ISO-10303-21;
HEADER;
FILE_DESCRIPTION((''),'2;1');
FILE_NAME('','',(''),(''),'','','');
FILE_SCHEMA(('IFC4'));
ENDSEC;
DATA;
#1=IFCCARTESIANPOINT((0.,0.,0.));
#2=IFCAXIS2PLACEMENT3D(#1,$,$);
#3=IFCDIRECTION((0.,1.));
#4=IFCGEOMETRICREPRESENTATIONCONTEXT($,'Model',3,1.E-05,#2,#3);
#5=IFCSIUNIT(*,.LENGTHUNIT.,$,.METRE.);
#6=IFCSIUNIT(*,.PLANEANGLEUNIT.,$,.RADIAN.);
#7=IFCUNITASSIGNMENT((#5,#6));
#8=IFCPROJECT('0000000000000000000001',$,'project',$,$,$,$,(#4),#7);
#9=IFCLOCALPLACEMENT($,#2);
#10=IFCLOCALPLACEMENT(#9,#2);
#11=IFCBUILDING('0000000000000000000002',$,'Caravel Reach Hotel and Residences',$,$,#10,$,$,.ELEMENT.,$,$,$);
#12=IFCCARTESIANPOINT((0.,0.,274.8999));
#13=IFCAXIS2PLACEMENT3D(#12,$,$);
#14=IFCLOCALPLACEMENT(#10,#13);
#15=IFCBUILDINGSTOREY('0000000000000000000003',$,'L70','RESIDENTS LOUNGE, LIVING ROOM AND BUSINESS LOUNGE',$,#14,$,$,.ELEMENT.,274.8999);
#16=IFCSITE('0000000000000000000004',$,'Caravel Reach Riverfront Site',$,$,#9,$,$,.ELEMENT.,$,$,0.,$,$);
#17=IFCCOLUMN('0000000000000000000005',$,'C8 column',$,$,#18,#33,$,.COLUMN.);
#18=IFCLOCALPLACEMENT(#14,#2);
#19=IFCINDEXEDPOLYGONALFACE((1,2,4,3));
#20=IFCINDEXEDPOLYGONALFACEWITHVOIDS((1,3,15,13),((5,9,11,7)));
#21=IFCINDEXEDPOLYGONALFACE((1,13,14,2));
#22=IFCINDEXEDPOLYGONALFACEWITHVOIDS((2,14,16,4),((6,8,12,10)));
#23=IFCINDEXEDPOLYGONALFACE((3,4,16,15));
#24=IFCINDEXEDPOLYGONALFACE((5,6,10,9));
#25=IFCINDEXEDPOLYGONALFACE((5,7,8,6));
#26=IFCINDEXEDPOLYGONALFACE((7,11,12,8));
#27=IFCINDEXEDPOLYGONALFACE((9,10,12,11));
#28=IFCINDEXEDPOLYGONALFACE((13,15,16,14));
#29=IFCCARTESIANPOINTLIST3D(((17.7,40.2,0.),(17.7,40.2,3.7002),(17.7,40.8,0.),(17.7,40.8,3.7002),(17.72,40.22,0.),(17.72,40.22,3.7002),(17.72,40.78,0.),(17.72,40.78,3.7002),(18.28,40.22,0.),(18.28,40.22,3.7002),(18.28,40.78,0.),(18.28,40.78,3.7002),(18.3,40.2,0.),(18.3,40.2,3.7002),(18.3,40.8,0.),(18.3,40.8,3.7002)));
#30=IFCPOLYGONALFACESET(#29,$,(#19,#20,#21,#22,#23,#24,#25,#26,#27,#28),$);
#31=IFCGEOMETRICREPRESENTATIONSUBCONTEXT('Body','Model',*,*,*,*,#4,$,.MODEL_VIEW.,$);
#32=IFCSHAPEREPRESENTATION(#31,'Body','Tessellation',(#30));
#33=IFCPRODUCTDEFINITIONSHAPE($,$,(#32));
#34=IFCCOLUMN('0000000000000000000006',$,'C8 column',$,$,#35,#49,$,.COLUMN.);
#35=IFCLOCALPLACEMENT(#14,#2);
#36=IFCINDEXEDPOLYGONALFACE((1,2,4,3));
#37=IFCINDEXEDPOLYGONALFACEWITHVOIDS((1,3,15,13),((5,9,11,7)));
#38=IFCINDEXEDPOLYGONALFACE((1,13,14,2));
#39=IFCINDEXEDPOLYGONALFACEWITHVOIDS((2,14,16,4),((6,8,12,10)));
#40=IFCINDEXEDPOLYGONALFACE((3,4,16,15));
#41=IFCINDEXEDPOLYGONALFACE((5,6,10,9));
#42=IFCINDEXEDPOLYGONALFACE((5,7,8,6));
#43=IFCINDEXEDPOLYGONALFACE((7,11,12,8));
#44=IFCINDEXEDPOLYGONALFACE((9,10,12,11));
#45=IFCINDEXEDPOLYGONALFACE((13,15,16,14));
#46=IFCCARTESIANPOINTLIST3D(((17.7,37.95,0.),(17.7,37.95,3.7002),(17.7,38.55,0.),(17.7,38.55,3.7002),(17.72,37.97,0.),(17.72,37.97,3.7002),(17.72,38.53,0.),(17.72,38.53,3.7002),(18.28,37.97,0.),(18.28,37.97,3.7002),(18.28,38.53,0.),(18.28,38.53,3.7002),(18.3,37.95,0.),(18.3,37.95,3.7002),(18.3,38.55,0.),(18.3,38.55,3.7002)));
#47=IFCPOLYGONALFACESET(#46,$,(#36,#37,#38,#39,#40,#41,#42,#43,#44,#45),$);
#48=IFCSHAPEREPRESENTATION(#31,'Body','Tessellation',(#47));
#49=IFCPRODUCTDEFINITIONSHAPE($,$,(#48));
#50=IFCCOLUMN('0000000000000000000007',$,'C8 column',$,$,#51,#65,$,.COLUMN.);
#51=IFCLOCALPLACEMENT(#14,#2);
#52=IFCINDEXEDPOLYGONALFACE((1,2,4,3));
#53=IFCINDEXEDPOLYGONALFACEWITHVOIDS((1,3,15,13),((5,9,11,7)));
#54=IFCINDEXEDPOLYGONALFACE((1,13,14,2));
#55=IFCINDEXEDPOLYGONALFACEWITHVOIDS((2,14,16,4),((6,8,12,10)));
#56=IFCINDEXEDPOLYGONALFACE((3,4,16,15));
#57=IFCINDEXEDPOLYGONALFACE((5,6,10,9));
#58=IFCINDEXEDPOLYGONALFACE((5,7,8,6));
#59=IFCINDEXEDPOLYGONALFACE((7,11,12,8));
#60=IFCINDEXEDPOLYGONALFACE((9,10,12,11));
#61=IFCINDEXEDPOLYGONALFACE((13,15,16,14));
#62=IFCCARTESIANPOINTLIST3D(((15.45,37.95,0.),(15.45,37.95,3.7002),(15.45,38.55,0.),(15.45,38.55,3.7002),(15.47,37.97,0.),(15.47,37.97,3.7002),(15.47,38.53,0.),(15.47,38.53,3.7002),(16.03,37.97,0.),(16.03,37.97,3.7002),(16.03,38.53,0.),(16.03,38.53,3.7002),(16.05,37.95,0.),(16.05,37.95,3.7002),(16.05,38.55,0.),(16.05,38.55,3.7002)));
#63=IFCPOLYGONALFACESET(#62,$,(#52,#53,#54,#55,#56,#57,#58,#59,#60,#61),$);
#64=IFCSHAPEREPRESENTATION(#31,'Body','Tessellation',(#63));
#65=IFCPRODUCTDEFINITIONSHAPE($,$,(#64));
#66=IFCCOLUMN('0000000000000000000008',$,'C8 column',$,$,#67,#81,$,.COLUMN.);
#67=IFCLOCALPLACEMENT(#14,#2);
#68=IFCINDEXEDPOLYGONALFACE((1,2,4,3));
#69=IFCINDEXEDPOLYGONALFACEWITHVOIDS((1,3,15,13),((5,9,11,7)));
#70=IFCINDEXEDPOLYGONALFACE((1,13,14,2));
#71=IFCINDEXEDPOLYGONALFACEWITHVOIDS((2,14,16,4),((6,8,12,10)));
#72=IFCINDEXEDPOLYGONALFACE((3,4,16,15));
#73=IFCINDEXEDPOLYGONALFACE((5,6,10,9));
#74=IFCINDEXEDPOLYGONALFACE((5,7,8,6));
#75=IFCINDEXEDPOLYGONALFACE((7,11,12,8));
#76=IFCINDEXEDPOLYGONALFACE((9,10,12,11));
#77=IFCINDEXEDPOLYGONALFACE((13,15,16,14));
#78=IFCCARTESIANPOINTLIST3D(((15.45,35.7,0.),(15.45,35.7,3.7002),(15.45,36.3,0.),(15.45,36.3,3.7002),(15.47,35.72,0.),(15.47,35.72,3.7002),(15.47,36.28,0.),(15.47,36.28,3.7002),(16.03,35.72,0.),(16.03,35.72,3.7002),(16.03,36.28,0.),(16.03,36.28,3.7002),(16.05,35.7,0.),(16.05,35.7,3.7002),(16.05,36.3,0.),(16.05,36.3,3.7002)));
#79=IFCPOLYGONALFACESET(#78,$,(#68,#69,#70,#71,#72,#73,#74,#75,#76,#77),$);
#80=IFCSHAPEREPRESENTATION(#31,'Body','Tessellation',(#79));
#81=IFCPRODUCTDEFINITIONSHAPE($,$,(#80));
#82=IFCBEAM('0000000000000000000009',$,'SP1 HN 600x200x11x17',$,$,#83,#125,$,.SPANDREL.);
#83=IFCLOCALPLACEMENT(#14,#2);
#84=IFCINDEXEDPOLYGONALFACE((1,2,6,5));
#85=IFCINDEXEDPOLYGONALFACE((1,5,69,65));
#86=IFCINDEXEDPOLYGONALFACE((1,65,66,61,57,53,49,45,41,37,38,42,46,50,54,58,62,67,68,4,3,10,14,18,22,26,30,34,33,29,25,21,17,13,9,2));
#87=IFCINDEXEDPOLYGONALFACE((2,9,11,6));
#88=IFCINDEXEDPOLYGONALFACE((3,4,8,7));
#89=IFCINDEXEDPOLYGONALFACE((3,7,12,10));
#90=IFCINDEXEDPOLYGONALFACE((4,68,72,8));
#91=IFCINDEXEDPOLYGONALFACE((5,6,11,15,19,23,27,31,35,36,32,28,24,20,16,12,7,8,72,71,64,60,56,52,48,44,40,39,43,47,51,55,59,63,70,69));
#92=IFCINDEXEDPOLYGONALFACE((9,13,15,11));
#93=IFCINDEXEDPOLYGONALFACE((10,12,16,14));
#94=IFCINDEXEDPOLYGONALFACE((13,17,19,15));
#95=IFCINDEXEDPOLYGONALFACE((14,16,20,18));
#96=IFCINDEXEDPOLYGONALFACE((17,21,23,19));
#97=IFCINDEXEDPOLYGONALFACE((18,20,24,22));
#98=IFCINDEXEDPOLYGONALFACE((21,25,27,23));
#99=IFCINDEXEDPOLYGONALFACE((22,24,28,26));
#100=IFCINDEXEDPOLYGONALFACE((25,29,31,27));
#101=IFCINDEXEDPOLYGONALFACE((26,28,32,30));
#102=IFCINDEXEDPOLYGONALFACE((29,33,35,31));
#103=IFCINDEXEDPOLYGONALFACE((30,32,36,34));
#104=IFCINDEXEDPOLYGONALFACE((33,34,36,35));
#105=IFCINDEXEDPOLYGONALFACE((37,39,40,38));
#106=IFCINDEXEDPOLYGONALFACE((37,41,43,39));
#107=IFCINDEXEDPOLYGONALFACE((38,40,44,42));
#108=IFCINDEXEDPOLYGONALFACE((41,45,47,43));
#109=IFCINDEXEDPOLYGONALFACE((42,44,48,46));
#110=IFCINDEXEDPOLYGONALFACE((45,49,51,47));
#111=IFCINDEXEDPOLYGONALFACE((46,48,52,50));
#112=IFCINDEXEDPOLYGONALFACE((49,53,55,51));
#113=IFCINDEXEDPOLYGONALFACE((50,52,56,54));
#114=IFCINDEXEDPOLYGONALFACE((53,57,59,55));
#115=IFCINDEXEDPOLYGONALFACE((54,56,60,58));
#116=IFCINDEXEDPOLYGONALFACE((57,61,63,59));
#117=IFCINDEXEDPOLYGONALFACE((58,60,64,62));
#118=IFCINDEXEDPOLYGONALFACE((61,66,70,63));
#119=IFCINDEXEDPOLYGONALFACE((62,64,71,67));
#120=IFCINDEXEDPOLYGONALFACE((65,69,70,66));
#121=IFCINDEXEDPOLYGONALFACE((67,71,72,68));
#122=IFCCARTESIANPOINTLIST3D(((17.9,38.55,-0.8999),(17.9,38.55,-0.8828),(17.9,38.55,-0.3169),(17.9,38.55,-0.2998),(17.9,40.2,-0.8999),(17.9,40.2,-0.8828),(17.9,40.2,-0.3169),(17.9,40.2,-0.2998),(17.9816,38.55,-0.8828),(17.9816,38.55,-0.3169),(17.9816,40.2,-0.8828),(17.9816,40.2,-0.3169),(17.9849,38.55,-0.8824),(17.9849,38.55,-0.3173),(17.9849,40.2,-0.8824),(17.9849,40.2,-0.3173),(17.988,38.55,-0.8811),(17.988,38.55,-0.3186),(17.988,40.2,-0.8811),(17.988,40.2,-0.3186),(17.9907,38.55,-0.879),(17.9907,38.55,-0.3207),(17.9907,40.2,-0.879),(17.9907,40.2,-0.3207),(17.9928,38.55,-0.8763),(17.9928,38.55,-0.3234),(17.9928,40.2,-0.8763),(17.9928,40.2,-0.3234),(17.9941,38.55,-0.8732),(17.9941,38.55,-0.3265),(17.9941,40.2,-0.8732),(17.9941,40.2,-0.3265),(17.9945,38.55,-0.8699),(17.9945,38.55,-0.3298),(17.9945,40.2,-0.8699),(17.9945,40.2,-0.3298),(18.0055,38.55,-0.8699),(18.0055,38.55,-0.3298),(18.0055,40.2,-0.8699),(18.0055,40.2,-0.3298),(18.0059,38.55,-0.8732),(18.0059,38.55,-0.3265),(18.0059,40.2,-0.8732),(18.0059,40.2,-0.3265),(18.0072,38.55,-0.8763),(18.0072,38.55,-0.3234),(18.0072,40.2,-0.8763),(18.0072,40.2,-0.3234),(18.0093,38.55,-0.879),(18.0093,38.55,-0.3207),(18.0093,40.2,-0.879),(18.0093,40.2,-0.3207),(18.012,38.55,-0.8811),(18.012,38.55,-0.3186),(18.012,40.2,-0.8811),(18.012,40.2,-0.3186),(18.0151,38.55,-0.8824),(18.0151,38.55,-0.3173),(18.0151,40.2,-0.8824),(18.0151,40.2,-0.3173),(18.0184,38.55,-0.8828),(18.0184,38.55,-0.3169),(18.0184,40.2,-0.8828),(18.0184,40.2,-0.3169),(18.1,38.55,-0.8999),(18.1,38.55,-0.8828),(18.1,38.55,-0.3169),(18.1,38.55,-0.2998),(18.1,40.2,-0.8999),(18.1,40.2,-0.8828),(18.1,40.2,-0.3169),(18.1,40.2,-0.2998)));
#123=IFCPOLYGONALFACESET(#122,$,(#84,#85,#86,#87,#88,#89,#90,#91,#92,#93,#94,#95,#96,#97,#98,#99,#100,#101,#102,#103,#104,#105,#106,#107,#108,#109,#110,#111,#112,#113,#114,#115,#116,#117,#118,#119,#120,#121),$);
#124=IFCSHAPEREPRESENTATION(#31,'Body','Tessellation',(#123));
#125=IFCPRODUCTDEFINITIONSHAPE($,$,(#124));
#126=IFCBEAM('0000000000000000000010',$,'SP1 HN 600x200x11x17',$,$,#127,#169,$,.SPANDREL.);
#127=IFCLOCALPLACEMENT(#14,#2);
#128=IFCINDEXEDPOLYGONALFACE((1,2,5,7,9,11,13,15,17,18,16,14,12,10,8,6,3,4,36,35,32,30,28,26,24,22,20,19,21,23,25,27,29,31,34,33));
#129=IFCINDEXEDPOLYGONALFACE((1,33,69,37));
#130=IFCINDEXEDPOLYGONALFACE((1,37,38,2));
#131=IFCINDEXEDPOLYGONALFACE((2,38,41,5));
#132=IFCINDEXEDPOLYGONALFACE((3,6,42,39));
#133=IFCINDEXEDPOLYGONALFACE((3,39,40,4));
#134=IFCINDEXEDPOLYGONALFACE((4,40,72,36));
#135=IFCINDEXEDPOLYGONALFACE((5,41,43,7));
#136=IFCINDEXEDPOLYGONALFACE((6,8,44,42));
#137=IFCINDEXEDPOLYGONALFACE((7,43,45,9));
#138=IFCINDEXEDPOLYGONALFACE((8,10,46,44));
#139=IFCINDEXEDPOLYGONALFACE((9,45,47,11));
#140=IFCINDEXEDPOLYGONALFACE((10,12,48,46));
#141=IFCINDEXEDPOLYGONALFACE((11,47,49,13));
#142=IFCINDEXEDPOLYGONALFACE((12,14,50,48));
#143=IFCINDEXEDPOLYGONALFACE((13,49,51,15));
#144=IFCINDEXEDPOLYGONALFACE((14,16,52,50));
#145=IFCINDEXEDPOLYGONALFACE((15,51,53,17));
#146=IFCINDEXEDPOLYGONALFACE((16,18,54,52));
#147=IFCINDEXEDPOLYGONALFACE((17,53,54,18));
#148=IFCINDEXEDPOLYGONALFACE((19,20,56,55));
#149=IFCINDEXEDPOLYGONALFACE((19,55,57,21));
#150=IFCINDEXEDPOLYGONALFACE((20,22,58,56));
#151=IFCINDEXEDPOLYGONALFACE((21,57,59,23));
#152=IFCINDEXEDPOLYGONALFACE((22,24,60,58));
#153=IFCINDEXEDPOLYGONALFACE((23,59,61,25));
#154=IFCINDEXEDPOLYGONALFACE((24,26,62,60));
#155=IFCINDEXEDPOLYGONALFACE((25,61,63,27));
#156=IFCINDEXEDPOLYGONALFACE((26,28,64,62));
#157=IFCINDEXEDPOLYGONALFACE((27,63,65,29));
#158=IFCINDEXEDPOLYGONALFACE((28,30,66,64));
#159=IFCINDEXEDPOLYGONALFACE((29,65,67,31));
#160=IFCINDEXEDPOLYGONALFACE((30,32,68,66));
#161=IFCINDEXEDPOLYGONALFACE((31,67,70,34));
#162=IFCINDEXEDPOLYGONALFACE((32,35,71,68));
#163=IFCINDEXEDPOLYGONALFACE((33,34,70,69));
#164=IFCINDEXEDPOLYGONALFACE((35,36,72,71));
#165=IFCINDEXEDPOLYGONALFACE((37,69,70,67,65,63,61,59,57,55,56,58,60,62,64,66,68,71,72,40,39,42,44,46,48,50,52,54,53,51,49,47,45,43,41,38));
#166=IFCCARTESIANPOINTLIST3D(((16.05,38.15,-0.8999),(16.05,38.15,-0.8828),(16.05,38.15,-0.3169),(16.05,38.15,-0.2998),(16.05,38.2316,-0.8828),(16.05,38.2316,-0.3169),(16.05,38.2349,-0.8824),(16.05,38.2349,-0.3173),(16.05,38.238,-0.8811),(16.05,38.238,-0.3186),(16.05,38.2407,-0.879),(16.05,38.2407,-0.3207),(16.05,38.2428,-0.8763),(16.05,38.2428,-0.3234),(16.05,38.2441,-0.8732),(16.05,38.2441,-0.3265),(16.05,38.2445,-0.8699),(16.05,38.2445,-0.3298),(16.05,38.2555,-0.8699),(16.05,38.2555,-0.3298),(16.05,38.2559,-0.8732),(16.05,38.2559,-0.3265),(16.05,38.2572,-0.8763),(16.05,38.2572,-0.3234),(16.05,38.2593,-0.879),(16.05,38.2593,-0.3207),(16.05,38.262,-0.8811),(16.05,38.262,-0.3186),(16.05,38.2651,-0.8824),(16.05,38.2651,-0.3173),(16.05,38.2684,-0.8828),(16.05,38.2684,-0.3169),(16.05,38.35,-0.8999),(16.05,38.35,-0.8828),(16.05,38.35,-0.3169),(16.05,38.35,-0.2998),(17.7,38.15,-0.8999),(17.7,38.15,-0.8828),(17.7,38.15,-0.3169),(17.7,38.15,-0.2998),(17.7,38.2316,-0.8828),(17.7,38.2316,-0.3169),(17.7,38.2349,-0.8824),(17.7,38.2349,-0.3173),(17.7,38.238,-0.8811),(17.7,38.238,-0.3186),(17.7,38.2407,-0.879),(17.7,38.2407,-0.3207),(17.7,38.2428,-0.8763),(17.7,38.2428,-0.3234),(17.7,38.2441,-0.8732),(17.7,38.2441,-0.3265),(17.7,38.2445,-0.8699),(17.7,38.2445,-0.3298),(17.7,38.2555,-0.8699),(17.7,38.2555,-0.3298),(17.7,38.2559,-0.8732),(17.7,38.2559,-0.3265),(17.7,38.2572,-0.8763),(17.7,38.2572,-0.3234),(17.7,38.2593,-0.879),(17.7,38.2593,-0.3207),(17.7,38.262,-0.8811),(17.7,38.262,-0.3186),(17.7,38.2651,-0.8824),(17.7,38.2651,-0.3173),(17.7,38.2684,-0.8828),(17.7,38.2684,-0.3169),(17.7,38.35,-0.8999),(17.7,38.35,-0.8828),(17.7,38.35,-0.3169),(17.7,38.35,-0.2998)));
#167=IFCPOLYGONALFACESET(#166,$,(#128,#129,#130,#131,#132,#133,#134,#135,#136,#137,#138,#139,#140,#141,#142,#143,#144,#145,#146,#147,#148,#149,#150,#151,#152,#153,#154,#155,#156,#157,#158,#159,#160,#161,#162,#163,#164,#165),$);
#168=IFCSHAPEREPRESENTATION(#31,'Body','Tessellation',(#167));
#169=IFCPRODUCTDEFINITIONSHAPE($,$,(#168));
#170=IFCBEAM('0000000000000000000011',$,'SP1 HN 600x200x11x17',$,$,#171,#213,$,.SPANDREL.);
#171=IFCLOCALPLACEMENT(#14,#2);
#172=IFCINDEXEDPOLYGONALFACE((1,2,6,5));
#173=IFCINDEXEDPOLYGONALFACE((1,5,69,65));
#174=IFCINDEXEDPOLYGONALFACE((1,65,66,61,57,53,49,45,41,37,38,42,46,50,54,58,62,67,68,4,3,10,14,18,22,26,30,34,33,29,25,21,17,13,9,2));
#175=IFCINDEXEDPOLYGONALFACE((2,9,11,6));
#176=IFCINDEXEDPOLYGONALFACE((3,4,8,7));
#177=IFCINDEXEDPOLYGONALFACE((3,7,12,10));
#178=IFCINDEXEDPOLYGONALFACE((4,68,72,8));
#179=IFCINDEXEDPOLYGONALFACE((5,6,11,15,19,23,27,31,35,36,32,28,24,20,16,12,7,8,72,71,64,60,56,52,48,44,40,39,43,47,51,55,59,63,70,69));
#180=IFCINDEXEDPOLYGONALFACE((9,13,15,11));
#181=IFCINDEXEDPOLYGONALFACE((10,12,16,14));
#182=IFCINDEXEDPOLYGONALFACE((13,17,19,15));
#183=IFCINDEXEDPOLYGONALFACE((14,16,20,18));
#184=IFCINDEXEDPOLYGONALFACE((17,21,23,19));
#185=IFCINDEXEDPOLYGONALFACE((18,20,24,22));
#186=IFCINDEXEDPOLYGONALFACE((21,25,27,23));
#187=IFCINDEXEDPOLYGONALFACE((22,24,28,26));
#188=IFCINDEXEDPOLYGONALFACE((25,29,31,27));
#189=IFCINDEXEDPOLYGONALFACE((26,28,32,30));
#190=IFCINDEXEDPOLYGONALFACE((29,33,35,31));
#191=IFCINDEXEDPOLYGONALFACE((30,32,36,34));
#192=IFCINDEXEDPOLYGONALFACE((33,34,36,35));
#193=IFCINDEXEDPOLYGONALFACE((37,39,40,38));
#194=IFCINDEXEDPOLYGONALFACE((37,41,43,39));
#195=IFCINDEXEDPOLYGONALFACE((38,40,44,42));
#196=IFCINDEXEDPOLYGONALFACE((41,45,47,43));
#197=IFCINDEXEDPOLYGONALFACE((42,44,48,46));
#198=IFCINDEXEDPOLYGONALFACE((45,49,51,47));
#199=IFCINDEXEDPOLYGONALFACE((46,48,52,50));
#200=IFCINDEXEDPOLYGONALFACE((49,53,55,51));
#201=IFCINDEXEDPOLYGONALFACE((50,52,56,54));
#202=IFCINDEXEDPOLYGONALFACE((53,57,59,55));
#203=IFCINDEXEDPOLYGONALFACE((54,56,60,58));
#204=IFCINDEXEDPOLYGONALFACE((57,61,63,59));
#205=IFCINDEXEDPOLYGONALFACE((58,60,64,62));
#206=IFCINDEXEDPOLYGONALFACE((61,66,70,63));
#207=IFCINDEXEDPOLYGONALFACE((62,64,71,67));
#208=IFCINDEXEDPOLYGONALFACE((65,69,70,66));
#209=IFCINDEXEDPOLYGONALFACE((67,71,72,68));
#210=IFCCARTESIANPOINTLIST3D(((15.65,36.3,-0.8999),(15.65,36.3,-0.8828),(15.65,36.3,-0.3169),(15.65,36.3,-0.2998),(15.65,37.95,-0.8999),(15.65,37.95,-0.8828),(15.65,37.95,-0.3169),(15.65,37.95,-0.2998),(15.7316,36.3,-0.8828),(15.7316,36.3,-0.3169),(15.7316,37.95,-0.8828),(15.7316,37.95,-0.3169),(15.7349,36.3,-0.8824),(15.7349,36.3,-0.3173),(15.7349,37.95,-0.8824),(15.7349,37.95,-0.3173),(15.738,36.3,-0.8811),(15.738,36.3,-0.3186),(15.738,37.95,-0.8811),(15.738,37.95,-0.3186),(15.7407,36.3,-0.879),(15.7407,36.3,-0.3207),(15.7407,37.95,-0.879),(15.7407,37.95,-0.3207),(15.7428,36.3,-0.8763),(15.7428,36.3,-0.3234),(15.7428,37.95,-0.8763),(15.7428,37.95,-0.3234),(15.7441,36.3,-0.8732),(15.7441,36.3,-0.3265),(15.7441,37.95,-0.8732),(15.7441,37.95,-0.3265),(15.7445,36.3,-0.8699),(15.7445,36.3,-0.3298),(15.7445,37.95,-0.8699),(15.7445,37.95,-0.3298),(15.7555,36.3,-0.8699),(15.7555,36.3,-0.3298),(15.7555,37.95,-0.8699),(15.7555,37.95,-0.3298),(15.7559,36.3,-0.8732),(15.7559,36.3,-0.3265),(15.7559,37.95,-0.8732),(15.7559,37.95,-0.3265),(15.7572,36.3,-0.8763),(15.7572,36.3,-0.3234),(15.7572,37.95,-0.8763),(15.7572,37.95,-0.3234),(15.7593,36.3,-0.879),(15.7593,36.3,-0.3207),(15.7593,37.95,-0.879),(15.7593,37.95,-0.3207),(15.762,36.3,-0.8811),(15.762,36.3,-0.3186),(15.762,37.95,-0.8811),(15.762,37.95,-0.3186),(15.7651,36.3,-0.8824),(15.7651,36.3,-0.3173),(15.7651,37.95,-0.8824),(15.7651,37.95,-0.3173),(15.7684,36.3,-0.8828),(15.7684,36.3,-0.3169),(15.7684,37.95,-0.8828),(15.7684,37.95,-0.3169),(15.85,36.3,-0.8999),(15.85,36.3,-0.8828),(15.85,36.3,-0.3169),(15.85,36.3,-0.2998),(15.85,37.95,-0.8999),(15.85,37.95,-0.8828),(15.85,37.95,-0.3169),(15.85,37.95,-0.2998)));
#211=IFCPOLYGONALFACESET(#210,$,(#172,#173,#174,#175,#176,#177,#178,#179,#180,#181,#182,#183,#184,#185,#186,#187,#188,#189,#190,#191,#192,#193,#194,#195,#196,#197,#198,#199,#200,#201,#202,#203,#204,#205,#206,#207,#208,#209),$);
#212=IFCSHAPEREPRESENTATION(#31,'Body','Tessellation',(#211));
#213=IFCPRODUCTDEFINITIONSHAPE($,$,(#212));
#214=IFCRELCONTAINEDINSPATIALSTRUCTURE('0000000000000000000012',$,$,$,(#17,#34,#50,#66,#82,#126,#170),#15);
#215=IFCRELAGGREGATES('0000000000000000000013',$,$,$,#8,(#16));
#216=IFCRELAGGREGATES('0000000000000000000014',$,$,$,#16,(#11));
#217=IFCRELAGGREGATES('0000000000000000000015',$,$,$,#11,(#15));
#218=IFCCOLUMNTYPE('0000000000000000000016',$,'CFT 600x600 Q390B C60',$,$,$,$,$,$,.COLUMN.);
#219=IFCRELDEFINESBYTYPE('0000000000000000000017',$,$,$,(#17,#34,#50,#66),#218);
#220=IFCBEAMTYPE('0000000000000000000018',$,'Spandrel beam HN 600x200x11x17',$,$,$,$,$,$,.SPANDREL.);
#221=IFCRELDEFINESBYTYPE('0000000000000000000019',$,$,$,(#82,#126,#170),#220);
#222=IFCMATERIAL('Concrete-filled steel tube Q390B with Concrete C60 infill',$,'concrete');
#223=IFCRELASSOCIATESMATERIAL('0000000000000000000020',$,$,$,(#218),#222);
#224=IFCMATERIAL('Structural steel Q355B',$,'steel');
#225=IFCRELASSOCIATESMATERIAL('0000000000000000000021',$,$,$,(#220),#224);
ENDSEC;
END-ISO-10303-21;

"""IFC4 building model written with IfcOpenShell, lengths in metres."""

from ifc_helpers import new_model, si_unit, direction, frame, origin, origin_2d, place, context, subcontext, project, spatial, hollow_rectangle, i_section, extrude, material, material_profile, profile_set, type_object, element, save


model = new_model("IFC4")

# Units and contexts
model_context = context("Model", 3, precision=1e-05, world=origin(), true_north=direction((0.0, 1.0)))
body_context = subcontext(model_context, "Body", "Model", "MODEL_VIEW")
ifc_project = project(units=[si_unit("LENGTHUNIT", "METRE"), si_unit("PLANEANGLEUNIT", "RADIAN")], contexts=[model_context])

# Site, building, storey
site_placement = place(None, origin())
site = spatial("IfcSite", under=ifc_project, at=site_placement, Name="Caravel Reach Riverfront Site", CompositionType="ELEMENT", RefElevation=0.0)
building_placement = place(site_placement, origin())
building = spatial("IfcBuilding", under=site, at=building_placement, Name="Caravel Reach Hotel and Residences", CompositionType="ELEMENT")
storey_placement = place(building_placement, frame((0.0, 0.0, 274.8999)))
storey = spatial("IfcBuildingStorey", under=building, at=storey_placement, Name="L70", Description="RESIDENTS LOUNGE, LIVING ROOM AND BUSINESS LOUNGE", CompositionType="ELEMENT", Elevation=274.8999)

# Columns
ifc_material_1 = material(Name="Concrete-filled steel tube Q390B with Concrete C60 infill", Category="concrete")
ifc_material_profile_1 = material_profile(ifc_material_1, hollow_rectangle(XDim=0.6001, YDim=0.6001, WallThickness=0.02, at=origin_2d()), Name="RHS 600x600x20")
ifc_profile_set_1 = profile_set([ifc_material_profile_1], Name="Concrete-filled steel tube Q390B with Concrete C60 infill")
column_type = type_object("IfcColumnType", Name="CFT 600x600 Q390B C60", PredefinedType="COLUMN", material=ifc_profile_set_1)
for number, where, z_axis, x_axis, name in (
    (1, (18.0, 40.5, 0.0), (0.0, 0.0, 1.0), (1.0, 0.0, 0.0), "C8 column"),
    (2, (18.0, 38.25, 0.0), (0.0, 0.0, 1.0), (1.0, 0.0, 0.0), "C8 column"),
    (3, (15.75, 38.25, 0.0), (0.0, 0.0, 1.0), (1.0, 0.0, 0.0), "C8 column"),
    (4, (15.75, 36.0, 0.0), (0.0, 0.0, 1.0), (1.0, 0.0, 0.0), "C8 column"),
):
    element("IfcColumn", number, at=place(storey_placement, frame(where, z_axis=z_axis, x_axis=x_axis)), inside=storey, type_object=column_type, Name=name, PredefinedType="COLUMN", context=body_context, shape_type="SweptSolid", body=[
        extrude(hollow_rectangle(XDim=0.6001, YDim=0.6001, WallThickness=0.02, at=origin_2d()), origin(), (0.0, 0.0, 1.0), 3.7002),
    ])

# Beams
ifc_material_2 = material(Name="Structural steel Q355B", Category="steel")
ifc_material_profile_2 = material_profile(ifc_material_2, i_section(OverallWidth=0.2, OverallDepth=0.6001, WebThickness=0.011, FlangeThickness=0.0171, FilletRadius=0.0129, at=origin_2d()), Name="HN 600x200x11x17")
ifc_profile_set_2 = profile_set([ifc_material_profile_2], Name="Structural steel Q355B")
beam_type = type_object("IfcBeamType", Name="Spandrel beam HN 600x200x11x17", PredefinedType="SPANDREL", material=ifc_profile_set_2)
for number, where, z_axis, x_axis, name in (
    (5, (18.0, 40.2, -0.5999), (0.0, -1.0, 0.0), (1.0, 0.0, 0.0), "SP1 HN 600x200x11x17"),
    (6, (17.7, 38.25, -0.5999), (-1.0, 0.0, 0.0), (0.0, -1.0, 0.0), "SP1 HN 600x200x11x17"),
    (7, (15.75, 37.95, -0.5999), (0.0, -1.0, 0.0), (1.0, 0.0, 0.0), "SP1 HN 600x200x11x17"),
):
    element("IfcBeam", number, at=place(storey_placement, frame(where, z_axis=z_axis, x_axis=x_axis)), inside=storey, type_object=beam_type, Name=name, PredefinedType="SPANDREL", context=body_context, shape_type="SweptSolid", body=[
        extrude(i_section(OverallWidth=0.2, OverallDepth=0.6001, WebThickness=0.011, FlangeThickness=0.0171, FilletRadius=0.0129, at=origin_2d()), origin(), (0.0, 0.0, 1.0), 1.6499),
    ])

save(model, "model.ifc")
